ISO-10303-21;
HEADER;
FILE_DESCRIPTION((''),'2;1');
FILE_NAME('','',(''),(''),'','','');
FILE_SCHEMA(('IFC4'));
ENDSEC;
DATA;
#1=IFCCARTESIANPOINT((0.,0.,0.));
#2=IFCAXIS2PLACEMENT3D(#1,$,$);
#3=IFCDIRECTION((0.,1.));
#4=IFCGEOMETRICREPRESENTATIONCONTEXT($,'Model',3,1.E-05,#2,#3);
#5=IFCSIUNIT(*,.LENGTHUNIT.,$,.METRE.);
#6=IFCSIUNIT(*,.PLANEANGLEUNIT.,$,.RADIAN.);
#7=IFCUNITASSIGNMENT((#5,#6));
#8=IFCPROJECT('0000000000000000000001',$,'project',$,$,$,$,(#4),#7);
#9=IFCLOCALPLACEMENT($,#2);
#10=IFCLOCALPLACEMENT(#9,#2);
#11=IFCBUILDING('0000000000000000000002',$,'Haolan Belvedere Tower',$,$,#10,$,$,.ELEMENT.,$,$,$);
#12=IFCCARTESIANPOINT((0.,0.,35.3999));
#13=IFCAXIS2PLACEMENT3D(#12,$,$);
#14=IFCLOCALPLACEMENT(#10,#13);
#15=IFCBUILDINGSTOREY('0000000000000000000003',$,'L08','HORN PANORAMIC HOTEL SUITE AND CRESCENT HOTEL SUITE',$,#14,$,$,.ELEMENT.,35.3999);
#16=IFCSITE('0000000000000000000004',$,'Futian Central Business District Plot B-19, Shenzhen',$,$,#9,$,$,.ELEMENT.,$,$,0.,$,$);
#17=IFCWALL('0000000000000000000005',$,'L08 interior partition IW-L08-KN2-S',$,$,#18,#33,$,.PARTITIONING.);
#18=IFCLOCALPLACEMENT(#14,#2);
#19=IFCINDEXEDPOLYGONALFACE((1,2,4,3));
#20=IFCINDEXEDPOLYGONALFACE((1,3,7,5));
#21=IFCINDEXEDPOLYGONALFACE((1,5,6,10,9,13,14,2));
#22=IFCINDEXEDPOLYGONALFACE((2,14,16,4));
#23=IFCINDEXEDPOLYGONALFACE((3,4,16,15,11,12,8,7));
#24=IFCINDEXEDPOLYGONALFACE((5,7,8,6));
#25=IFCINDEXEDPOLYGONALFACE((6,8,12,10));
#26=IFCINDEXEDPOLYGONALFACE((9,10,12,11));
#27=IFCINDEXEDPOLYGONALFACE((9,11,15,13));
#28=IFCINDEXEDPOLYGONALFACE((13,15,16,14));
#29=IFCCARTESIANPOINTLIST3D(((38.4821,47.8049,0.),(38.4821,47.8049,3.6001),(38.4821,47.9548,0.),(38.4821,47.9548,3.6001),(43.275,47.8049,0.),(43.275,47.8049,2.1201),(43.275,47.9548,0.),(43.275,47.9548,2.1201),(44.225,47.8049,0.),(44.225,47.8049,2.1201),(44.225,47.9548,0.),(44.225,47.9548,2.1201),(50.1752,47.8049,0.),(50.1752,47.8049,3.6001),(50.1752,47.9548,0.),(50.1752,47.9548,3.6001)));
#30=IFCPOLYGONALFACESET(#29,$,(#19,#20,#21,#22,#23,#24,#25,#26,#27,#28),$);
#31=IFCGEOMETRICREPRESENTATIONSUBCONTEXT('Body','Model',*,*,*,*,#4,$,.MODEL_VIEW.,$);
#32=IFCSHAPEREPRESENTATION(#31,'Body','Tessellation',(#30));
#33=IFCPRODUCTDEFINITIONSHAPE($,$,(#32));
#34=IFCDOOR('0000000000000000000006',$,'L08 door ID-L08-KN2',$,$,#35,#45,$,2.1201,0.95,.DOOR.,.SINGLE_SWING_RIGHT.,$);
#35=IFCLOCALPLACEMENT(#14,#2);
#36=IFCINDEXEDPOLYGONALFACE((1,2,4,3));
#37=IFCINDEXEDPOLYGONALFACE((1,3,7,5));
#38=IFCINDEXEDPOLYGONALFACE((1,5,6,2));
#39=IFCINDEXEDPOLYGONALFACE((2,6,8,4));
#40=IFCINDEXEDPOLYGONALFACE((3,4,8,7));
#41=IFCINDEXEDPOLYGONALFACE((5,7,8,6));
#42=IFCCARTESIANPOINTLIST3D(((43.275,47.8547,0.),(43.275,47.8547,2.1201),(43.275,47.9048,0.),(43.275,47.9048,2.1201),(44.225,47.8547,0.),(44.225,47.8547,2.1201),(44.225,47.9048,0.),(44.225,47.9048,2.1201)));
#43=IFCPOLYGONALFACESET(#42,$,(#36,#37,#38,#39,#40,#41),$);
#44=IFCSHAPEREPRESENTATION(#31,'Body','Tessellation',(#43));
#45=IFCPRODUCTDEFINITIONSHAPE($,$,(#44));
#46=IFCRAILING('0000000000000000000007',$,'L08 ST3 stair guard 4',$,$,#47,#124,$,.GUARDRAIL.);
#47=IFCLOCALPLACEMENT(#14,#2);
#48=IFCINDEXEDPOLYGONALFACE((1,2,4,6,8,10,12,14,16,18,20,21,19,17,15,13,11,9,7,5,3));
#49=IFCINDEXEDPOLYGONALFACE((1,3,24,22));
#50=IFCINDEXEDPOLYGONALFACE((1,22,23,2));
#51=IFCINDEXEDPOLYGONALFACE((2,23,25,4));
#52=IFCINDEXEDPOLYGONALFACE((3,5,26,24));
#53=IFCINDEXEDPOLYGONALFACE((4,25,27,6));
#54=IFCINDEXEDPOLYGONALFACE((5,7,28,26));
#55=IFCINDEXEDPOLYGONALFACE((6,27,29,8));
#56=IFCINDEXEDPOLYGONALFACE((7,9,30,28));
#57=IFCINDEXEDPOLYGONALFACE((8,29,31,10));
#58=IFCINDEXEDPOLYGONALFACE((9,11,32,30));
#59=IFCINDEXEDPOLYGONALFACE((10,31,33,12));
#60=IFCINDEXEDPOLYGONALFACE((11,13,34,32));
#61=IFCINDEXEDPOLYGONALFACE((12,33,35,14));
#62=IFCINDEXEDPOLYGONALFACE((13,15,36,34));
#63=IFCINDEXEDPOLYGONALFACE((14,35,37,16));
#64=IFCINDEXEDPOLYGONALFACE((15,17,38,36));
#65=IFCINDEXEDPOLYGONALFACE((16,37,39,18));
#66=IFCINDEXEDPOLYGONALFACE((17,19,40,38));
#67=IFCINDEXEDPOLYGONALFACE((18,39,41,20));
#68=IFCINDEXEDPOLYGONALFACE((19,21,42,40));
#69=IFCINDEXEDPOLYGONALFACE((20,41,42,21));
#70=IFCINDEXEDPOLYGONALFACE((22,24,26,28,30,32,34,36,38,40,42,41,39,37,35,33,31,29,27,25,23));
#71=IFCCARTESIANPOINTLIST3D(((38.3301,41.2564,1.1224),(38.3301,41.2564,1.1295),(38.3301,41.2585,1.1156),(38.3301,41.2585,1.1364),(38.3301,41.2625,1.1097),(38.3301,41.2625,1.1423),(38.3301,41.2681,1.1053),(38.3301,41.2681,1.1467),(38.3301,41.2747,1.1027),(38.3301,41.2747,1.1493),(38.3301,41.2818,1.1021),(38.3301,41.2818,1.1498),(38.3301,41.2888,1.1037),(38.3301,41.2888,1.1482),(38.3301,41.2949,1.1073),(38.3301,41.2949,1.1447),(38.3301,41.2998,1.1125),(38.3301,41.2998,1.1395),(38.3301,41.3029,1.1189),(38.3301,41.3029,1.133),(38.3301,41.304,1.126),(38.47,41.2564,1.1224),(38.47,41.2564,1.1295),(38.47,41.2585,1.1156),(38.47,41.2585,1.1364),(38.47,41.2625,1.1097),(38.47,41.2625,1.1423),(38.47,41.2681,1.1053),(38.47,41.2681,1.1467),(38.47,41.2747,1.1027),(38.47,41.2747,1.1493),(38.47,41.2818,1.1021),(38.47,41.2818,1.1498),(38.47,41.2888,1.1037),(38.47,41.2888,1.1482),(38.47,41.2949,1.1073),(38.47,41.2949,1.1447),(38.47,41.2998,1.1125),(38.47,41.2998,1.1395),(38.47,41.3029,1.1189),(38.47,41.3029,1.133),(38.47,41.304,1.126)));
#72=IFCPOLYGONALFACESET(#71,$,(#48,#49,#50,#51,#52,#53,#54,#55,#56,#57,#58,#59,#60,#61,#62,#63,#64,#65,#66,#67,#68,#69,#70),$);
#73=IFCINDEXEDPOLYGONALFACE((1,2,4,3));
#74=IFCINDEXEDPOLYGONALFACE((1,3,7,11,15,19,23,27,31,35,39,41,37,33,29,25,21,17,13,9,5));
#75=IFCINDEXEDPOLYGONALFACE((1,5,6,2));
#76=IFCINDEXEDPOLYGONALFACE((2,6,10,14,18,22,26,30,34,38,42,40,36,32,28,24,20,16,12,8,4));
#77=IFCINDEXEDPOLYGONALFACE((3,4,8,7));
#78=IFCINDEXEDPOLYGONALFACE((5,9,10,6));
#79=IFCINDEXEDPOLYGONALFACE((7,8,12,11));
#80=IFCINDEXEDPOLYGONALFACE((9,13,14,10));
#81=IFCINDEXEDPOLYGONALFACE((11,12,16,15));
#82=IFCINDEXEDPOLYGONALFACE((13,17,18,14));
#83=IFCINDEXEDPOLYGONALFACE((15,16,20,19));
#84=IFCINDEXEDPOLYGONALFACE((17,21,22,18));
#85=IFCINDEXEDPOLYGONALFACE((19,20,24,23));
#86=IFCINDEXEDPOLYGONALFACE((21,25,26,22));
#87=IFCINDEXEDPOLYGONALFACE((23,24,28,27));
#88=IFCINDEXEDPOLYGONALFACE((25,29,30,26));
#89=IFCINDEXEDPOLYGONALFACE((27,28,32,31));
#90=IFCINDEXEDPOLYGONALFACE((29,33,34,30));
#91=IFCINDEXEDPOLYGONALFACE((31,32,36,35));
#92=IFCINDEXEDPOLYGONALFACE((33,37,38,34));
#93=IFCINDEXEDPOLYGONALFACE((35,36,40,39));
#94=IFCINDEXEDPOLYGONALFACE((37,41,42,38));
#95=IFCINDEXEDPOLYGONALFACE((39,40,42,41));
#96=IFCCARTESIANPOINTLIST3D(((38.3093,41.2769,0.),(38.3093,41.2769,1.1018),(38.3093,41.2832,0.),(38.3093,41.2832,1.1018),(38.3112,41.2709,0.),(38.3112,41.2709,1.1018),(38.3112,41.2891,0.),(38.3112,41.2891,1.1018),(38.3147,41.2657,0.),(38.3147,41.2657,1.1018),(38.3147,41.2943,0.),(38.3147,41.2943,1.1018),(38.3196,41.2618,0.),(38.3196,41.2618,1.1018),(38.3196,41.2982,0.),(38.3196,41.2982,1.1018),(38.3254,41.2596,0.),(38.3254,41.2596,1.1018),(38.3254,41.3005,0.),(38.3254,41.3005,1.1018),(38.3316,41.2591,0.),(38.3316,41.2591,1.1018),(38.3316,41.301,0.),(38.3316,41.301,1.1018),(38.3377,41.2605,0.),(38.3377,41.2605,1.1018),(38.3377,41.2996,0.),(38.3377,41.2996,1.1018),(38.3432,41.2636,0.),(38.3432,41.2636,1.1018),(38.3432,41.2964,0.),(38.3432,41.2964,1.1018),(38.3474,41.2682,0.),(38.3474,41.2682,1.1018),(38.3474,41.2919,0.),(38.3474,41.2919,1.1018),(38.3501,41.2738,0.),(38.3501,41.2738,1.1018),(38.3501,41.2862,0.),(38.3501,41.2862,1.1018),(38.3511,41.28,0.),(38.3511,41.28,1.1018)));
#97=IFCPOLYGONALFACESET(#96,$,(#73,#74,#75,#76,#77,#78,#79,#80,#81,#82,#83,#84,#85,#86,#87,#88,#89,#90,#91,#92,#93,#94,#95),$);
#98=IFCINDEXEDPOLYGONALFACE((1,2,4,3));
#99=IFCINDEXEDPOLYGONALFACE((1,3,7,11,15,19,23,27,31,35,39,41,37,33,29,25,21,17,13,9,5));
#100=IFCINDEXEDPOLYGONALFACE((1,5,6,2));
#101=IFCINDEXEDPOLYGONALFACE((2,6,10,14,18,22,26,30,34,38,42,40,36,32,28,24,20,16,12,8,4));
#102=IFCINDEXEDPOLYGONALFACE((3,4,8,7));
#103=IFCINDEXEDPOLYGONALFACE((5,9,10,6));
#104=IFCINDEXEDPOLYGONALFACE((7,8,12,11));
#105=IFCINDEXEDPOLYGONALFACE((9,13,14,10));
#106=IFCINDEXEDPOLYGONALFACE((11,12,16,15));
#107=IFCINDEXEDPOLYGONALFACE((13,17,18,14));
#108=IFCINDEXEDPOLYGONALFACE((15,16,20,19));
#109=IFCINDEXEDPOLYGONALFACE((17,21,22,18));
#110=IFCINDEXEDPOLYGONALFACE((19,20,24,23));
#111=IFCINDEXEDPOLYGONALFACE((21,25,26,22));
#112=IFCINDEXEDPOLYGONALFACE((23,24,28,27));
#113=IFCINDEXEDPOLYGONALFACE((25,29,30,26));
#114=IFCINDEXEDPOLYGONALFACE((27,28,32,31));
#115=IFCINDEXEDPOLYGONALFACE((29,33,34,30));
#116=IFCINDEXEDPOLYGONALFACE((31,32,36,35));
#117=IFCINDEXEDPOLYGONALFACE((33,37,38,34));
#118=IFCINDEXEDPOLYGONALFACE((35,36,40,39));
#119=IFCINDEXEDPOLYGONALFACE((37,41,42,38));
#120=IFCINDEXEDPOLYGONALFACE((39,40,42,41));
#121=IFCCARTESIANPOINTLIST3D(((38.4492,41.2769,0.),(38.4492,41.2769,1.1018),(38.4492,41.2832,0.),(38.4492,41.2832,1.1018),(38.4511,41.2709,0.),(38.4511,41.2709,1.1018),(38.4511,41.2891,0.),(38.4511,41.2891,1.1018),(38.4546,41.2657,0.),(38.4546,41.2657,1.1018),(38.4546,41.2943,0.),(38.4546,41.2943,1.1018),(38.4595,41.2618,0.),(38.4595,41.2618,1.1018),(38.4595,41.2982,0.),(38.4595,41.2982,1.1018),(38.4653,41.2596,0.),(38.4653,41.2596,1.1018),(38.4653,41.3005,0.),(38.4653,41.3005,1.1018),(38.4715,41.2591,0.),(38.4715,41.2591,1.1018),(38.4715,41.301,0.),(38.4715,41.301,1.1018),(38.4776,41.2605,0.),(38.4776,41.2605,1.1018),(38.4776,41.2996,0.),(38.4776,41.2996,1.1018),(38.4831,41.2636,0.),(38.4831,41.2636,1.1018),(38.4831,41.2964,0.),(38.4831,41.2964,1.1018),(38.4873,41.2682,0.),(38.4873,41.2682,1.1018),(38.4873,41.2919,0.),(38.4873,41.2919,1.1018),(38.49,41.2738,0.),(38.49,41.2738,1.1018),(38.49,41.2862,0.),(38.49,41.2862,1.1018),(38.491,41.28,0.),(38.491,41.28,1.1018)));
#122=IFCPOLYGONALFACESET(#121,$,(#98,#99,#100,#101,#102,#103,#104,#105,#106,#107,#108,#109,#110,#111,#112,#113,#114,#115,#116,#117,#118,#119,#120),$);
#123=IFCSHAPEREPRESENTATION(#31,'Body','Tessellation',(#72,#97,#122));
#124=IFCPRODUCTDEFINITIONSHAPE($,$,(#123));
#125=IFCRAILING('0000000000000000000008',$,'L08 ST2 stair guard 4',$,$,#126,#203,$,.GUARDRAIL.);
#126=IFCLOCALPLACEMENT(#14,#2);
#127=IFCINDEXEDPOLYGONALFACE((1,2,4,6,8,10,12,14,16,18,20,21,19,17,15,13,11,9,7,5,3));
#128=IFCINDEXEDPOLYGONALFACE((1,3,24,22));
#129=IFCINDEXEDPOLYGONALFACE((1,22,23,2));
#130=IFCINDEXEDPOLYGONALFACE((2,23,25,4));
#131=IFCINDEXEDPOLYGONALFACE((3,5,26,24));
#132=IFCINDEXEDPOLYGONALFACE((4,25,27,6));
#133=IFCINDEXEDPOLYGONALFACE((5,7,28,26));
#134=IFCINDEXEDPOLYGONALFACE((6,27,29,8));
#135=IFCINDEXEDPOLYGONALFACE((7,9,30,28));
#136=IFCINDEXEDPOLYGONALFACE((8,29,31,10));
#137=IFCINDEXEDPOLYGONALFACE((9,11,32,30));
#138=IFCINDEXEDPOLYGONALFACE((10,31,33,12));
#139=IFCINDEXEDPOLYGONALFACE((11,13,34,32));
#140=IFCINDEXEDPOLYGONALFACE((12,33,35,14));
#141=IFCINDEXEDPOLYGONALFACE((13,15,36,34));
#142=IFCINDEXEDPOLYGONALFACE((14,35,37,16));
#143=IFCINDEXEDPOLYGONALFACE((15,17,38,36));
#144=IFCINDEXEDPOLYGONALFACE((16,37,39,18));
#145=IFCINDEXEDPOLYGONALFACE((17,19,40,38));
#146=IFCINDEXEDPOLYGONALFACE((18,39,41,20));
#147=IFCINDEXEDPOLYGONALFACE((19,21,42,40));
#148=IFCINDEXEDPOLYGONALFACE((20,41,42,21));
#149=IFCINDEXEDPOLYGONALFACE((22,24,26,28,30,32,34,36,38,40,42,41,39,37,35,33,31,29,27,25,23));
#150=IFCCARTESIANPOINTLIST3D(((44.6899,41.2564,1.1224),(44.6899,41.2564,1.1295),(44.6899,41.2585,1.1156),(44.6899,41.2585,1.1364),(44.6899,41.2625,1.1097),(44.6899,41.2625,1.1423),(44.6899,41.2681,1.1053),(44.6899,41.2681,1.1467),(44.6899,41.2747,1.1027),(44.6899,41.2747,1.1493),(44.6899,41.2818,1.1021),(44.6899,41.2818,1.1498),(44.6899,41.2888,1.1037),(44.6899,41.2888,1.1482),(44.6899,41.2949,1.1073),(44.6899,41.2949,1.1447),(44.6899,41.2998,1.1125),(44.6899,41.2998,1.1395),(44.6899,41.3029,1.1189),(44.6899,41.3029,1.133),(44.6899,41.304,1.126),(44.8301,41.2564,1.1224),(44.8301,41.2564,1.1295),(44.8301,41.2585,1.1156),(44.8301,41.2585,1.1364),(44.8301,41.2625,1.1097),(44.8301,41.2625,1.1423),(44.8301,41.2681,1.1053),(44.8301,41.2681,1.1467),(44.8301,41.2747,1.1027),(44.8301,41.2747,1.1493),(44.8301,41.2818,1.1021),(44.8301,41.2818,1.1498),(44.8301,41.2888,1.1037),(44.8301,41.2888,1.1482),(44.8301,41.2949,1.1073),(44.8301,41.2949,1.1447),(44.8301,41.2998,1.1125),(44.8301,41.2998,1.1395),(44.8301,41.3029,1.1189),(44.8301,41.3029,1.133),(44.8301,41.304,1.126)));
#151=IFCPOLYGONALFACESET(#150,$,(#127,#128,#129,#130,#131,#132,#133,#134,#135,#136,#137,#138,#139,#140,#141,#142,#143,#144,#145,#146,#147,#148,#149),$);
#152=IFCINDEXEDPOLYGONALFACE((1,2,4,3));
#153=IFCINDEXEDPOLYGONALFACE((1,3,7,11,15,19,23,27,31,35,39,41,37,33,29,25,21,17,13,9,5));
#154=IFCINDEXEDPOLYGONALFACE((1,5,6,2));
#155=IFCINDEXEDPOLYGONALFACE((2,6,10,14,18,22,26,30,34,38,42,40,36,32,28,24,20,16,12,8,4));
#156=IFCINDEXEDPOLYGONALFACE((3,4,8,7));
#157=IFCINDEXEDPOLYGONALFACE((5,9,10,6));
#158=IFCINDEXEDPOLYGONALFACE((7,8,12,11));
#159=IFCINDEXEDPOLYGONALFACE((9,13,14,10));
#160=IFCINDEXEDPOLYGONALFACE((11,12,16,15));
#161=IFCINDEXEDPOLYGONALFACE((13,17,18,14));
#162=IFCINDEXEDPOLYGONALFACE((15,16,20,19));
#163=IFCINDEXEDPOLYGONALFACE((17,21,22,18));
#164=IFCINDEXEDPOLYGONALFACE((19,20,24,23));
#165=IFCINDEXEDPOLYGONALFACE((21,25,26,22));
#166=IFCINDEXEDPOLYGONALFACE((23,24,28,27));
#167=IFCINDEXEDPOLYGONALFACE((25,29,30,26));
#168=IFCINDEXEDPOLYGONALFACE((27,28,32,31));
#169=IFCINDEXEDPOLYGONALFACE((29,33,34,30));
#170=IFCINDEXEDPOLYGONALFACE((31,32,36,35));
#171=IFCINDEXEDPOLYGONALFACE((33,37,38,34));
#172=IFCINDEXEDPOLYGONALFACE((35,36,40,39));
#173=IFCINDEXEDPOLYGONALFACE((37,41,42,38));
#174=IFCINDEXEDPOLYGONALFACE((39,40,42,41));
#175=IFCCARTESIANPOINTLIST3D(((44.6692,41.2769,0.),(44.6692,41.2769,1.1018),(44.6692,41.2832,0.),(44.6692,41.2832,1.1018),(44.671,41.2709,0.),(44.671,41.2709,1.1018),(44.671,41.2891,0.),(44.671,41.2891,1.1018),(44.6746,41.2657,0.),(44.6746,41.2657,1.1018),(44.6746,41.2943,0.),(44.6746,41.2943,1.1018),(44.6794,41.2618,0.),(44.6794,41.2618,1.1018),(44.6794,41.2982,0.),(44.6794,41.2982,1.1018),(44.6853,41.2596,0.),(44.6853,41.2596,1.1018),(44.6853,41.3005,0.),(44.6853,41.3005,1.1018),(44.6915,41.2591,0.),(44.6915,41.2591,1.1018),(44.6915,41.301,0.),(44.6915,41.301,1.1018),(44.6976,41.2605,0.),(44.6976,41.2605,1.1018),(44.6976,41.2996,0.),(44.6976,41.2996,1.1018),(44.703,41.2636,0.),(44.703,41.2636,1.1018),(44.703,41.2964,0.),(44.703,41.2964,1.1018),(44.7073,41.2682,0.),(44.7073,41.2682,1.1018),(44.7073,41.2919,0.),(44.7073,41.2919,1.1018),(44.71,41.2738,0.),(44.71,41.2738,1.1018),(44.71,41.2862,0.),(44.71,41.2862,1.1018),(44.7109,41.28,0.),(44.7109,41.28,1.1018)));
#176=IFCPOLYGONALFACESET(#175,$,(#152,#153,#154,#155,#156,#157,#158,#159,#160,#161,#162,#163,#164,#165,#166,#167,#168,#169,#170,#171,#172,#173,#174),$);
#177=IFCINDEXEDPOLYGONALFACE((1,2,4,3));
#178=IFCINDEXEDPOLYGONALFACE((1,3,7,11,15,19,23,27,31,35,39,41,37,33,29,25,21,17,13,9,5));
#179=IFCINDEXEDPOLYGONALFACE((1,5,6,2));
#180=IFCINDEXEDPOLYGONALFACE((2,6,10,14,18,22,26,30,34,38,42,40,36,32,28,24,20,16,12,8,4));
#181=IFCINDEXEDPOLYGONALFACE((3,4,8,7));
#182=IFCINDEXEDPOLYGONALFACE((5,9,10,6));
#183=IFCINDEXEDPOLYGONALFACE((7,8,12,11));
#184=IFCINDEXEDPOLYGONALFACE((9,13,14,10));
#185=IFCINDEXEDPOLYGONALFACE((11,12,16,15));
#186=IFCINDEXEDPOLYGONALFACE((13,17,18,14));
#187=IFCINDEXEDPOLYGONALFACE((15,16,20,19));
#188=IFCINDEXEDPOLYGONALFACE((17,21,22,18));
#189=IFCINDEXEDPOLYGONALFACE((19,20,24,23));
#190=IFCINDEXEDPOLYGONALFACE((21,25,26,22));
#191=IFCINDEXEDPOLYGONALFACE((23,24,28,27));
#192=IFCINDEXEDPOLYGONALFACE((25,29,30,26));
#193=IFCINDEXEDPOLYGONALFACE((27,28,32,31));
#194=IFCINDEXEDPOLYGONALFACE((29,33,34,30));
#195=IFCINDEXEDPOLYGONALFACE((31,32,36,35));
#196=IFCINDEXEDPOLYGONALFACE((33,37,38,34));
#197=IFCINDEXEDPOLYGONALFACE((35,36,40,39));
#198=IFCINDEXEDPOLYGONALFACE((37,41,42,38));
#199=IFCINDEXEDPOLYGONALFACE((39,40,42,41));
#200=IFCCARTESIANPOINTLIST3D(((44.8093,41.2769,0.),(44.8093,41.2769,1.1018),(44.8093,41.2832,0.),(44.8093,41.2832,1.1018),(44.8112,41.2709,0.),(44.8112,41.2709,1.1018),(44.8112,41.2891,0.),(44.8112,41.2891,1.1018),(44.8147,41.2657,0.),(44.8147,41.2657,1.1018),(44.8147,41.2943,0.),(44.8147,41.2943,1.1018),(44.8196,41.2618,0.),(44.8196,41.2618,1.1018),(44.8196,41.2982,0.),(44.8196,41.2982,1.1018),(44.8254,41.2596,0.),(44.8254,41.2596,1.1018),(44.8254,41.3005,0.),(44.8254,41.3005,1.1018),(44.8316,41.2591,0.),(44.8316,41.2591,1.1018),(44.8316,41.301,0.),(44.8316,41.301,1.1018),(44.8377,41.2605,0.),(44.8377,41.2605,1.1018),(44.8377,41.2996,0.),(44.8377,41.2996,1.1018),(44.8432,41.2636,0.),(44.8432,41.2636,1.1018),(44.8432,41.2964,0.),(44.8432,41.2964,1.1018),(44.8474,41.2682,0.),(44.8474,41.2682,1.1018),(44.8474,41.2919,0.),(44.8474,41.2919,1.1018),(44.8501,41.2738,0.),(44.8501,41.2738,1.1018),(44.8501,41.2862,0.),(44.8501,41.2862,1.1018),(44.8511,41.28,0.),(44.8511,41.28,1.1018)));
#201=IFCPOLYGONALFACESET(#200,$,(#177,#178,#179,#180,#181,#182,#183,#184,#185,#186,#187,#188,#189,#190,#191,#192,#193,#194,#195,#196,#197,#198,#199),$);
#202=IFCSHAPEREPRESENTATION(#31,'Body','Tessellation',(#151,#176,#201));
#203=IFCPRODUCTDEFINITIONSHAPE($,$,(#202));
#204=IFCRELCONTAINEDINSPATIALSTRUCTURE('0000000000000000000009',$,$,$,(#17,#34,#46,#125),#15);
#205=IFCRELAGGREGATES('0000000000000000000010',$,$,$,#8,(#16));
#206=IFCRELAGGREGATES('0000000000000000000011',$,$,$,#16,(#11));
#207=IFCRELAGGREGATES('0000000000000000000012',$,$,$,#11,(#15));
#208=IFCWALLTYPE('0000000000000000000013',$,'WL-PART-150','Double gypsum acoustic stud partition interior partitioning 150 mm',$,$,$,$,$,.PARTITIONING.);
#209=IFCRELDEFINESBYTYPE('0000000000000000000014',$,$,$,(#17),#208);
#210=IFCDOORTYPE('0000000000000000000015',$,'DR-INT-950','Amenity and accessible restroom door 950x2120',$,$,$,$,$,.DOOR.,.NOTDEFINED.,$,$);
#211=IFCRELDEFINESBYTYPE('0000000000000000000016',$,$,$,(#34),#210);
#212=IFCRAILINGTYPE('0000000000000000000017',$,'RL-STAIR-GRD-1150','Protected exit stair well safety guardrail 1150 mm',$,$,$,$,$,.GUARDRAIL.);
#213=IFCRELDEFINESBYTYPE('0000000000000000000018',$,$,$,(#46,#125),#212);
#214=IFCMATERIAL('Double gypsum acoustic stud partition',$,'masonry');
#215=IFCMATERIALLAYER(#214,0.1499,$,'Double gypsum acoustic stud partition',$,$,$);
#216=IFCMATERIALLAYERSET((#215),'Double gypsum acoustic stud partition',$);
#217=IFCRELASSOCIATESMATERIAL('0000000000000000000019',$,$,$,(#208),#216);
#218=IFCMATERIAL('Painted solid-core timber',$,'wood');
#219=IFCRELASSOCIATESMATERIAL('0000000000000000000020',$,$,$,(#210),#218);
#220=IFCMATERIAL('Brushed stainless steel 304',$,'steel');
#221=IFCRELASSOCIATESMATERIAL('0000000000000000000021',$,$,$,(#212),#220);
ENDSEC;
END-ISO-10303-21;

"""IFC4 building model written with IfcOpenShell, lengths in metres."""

from ifc_helpers import new_model, si_unit, direction, frame, frame_2d, origin, origin_2d, place, context, subcontext, project, spatial, rectangle, circle, extrude, material, layer, layer_set, type_object, element, fill, save


model = new_model("IFC4")

# Units and contexts
model_context = context("Model", 3, precision=1e-05, world=origin(), true_north=direction((0.0, 1.0)))
body_context = subcontext(model_context, "Body", "Model", "MODEL_VIEW")
ifc_project = project(units=[si_unit("LENGTHUNIT", "METRE"), si_unit("PLANEANGLEUNIT", "RADIAN")], contexts=[model_context])

# Site, building, storey
site_placement = place(None, origin())
site = spatial("IfcSite", under=ifc_project, at=site_placement, Name="Futian Central Business District Plot B-19, Shenzhen", CompositionType="ELEMENT", RefElevation=0.0)
building_placement = place(site_placement, origin())
building = spatial("IfcBuilding", under=site, at=building_placement, Name="Haolan Belvedere Tower", CompositionType="ELEMENT")
storey_placement = place(building_placement, frame((0.0, 0.0, 35.3999)))
storey = spatial("IfcBuildingStorey", under=building, at=storey_placement, Name="L08", Description="HORN PANORAMIC HOTEL SUITE AND CRESCENT HOTEL SUITE", CompositionType="ELEMENT", Elevation=35.3999)

# Shared definitions
ifc_material_1 = material(Name="Double gypsum acoustic stud partition", Category="masonry")
ifc_layer_1 = layer(ifc_material_1, 0.1499, Name="Double gypsum acoustic stud partition")
ifc_layer_set_1 = layer_set([ifc_layer_1], Name="Double gypsum acoustic stud partition")
wall_type_1 = type_object("IfcWallType", Name="WL-PART-150", Description="Double gypsum acoustic stud partition interior partitioning 150 mm", PredefinedType="PARTITIONING", material=ifc_layer_set_1)

# Wall, opening, door
wall_1_placement = place(storey_placement, frame((38.4819, 47.8799, 0.0), z_axis=(0.0, 0.0, 1.0), x_axis=(1.0, 0.0, 0.0)))
wall_1 = element("IfcWall", 1, at=wall_1_placement, inside=storey, type_object=wall_type_1, Name="L08 interior partition IW-L08-KN2-S", PredefinedType="PARTITIONING", context=body_context, shape_type="SweptSolid", body=[
    extrude(rectangle(XDim=11.6931, YDim=0.1499, at=frame_2d((5.8467, 0.0))), origin(), (0.0, 0.0, 1.0), 3.6001),
])
opening_1_placement = place(wall_1_placement, frame((4.793, 0.0, 0.0)))
opening_1 = element("IfcOpeningElement", 2, at=opening_1_placement, cuts=wall_1, PredefinedType="OPENING", context=body_context, shape_type="SweptSolid", body=[
    extrude(rectangle(XDim=0.95, YDim=2.1201, at=frame_2d((0.4751, 1.0601))), frame((0.0, 0.085, 0.0), z_axis=(0.0, -1.0, 0.0), x_axis=(1.0, 0.0, 0.0)), (0.0, 0.0, 1.0), 0.1699),
])
ifc_material_2 = material(Name="Painted solid-core timber", Category="wood")
door_type_1 = type_object("IfcDoorType", Name="DR-INT-950", Description="Amenity and accessible restroom door 950x2120", OperationType="NOTDEFINED", PredefinedType="DOOR", material=ifc_material_2)
door_1_placement = place(opening_1_placement, origin())
door_1 = element("IfcDoor", 3, at=door_1_placement, inside=storey, type_object=door_type_1, Name="L08 door ID-L08-KN2", OperationType="SINGLE_SWING_RIGHT", OverallHeight=2.1201, OverallWidth=0.95, PredefinedType="DOOR", context=body_context, shape_type="SweptSolid", body=[
    extrude(rectangle(XDim=0.95, YDim=2.1201, at=frame_2d((0.4751, 1.0601))), frame((0.0, 0.0249, 0.0), z_axis=(0.0, -1.0, 0.0), x_axis=(1.0, 0.0, 0.0)), (0.0, 0.0, 1.0), 0.05),
])
fill(opening_1, door_1)

# Railings
ifc_material_3 = material(Name="Brushed stainless steel 304", Category="steel")
railing_type = type_object("IfcRailingType", Name="RL-STAIR-GRD-1150", Description="Protected exit stair well safety guardrail 1150 mm", PredefinedType="GUARDRAIL", material=ifc_material_3)
railing_1_placement = place(storey_placement, frame((38.3301, 41.28, 0.0)))
element("IfcRailing", 4, at=railing_1_placement, inside=storey, type_object=railing_type, Name="L08 ST3 stair guard 4", PredefinedType="GUARDRAIL", context=body_context, shape_type="SweptSolid", body=[
    extrude(circle(Radius=0.0239, at=origin_2d()), frame((0.0, 0.0, 1.126), z_axis=(1.0, 0.0, 0.0), x_axis=(0.0, 1.0, 0.0)), (0.0, 0.0, 1.0), 0.1399),
    extrude(circle(Radius=0.021, at=origin_2d()), origin(), (0.0, 0.0, 1.0), 1.1018),
    extrude(circle(Radius=0.021, at=origin_2d()), frame((0.1399, 0.0, 0.0)), (0.0, 0.0, 1.0), 1.1018),
])
railing_2_placement = place(storey_placement, frame((44.6899, 41.28, 0.0)))
element("IfcRailing", 5, at=railing_2_placement, inside=storey, type_object=railing_type, Name="L08 ST2 stair guard 4", PredefinedType="GUARDRAIL", context=body_context, shape_type="SweptSolid", body=[
    extrude(circle(Radius=0.0239, at=origin_2d()), frame((0.0, 0.0, 1.126), z_axis=(1.0, 0.0, 0.0), x_axis=(0.0, 1.0, 0.0)), (0.0, 0.0, 1.0), 0.1401),
    extrude(circle(Radius=0.021, at=origin_2d()), origin(), (0.0, 0.0, 1.0), 1.1018),
    extrude(circle(Radius=0.021, at=origin_2d()), frame((0.1401, 0.0, 0.0)), (0.0, 0.0, 1.0), 1.1018),
])

save(model, "model.ifc")
